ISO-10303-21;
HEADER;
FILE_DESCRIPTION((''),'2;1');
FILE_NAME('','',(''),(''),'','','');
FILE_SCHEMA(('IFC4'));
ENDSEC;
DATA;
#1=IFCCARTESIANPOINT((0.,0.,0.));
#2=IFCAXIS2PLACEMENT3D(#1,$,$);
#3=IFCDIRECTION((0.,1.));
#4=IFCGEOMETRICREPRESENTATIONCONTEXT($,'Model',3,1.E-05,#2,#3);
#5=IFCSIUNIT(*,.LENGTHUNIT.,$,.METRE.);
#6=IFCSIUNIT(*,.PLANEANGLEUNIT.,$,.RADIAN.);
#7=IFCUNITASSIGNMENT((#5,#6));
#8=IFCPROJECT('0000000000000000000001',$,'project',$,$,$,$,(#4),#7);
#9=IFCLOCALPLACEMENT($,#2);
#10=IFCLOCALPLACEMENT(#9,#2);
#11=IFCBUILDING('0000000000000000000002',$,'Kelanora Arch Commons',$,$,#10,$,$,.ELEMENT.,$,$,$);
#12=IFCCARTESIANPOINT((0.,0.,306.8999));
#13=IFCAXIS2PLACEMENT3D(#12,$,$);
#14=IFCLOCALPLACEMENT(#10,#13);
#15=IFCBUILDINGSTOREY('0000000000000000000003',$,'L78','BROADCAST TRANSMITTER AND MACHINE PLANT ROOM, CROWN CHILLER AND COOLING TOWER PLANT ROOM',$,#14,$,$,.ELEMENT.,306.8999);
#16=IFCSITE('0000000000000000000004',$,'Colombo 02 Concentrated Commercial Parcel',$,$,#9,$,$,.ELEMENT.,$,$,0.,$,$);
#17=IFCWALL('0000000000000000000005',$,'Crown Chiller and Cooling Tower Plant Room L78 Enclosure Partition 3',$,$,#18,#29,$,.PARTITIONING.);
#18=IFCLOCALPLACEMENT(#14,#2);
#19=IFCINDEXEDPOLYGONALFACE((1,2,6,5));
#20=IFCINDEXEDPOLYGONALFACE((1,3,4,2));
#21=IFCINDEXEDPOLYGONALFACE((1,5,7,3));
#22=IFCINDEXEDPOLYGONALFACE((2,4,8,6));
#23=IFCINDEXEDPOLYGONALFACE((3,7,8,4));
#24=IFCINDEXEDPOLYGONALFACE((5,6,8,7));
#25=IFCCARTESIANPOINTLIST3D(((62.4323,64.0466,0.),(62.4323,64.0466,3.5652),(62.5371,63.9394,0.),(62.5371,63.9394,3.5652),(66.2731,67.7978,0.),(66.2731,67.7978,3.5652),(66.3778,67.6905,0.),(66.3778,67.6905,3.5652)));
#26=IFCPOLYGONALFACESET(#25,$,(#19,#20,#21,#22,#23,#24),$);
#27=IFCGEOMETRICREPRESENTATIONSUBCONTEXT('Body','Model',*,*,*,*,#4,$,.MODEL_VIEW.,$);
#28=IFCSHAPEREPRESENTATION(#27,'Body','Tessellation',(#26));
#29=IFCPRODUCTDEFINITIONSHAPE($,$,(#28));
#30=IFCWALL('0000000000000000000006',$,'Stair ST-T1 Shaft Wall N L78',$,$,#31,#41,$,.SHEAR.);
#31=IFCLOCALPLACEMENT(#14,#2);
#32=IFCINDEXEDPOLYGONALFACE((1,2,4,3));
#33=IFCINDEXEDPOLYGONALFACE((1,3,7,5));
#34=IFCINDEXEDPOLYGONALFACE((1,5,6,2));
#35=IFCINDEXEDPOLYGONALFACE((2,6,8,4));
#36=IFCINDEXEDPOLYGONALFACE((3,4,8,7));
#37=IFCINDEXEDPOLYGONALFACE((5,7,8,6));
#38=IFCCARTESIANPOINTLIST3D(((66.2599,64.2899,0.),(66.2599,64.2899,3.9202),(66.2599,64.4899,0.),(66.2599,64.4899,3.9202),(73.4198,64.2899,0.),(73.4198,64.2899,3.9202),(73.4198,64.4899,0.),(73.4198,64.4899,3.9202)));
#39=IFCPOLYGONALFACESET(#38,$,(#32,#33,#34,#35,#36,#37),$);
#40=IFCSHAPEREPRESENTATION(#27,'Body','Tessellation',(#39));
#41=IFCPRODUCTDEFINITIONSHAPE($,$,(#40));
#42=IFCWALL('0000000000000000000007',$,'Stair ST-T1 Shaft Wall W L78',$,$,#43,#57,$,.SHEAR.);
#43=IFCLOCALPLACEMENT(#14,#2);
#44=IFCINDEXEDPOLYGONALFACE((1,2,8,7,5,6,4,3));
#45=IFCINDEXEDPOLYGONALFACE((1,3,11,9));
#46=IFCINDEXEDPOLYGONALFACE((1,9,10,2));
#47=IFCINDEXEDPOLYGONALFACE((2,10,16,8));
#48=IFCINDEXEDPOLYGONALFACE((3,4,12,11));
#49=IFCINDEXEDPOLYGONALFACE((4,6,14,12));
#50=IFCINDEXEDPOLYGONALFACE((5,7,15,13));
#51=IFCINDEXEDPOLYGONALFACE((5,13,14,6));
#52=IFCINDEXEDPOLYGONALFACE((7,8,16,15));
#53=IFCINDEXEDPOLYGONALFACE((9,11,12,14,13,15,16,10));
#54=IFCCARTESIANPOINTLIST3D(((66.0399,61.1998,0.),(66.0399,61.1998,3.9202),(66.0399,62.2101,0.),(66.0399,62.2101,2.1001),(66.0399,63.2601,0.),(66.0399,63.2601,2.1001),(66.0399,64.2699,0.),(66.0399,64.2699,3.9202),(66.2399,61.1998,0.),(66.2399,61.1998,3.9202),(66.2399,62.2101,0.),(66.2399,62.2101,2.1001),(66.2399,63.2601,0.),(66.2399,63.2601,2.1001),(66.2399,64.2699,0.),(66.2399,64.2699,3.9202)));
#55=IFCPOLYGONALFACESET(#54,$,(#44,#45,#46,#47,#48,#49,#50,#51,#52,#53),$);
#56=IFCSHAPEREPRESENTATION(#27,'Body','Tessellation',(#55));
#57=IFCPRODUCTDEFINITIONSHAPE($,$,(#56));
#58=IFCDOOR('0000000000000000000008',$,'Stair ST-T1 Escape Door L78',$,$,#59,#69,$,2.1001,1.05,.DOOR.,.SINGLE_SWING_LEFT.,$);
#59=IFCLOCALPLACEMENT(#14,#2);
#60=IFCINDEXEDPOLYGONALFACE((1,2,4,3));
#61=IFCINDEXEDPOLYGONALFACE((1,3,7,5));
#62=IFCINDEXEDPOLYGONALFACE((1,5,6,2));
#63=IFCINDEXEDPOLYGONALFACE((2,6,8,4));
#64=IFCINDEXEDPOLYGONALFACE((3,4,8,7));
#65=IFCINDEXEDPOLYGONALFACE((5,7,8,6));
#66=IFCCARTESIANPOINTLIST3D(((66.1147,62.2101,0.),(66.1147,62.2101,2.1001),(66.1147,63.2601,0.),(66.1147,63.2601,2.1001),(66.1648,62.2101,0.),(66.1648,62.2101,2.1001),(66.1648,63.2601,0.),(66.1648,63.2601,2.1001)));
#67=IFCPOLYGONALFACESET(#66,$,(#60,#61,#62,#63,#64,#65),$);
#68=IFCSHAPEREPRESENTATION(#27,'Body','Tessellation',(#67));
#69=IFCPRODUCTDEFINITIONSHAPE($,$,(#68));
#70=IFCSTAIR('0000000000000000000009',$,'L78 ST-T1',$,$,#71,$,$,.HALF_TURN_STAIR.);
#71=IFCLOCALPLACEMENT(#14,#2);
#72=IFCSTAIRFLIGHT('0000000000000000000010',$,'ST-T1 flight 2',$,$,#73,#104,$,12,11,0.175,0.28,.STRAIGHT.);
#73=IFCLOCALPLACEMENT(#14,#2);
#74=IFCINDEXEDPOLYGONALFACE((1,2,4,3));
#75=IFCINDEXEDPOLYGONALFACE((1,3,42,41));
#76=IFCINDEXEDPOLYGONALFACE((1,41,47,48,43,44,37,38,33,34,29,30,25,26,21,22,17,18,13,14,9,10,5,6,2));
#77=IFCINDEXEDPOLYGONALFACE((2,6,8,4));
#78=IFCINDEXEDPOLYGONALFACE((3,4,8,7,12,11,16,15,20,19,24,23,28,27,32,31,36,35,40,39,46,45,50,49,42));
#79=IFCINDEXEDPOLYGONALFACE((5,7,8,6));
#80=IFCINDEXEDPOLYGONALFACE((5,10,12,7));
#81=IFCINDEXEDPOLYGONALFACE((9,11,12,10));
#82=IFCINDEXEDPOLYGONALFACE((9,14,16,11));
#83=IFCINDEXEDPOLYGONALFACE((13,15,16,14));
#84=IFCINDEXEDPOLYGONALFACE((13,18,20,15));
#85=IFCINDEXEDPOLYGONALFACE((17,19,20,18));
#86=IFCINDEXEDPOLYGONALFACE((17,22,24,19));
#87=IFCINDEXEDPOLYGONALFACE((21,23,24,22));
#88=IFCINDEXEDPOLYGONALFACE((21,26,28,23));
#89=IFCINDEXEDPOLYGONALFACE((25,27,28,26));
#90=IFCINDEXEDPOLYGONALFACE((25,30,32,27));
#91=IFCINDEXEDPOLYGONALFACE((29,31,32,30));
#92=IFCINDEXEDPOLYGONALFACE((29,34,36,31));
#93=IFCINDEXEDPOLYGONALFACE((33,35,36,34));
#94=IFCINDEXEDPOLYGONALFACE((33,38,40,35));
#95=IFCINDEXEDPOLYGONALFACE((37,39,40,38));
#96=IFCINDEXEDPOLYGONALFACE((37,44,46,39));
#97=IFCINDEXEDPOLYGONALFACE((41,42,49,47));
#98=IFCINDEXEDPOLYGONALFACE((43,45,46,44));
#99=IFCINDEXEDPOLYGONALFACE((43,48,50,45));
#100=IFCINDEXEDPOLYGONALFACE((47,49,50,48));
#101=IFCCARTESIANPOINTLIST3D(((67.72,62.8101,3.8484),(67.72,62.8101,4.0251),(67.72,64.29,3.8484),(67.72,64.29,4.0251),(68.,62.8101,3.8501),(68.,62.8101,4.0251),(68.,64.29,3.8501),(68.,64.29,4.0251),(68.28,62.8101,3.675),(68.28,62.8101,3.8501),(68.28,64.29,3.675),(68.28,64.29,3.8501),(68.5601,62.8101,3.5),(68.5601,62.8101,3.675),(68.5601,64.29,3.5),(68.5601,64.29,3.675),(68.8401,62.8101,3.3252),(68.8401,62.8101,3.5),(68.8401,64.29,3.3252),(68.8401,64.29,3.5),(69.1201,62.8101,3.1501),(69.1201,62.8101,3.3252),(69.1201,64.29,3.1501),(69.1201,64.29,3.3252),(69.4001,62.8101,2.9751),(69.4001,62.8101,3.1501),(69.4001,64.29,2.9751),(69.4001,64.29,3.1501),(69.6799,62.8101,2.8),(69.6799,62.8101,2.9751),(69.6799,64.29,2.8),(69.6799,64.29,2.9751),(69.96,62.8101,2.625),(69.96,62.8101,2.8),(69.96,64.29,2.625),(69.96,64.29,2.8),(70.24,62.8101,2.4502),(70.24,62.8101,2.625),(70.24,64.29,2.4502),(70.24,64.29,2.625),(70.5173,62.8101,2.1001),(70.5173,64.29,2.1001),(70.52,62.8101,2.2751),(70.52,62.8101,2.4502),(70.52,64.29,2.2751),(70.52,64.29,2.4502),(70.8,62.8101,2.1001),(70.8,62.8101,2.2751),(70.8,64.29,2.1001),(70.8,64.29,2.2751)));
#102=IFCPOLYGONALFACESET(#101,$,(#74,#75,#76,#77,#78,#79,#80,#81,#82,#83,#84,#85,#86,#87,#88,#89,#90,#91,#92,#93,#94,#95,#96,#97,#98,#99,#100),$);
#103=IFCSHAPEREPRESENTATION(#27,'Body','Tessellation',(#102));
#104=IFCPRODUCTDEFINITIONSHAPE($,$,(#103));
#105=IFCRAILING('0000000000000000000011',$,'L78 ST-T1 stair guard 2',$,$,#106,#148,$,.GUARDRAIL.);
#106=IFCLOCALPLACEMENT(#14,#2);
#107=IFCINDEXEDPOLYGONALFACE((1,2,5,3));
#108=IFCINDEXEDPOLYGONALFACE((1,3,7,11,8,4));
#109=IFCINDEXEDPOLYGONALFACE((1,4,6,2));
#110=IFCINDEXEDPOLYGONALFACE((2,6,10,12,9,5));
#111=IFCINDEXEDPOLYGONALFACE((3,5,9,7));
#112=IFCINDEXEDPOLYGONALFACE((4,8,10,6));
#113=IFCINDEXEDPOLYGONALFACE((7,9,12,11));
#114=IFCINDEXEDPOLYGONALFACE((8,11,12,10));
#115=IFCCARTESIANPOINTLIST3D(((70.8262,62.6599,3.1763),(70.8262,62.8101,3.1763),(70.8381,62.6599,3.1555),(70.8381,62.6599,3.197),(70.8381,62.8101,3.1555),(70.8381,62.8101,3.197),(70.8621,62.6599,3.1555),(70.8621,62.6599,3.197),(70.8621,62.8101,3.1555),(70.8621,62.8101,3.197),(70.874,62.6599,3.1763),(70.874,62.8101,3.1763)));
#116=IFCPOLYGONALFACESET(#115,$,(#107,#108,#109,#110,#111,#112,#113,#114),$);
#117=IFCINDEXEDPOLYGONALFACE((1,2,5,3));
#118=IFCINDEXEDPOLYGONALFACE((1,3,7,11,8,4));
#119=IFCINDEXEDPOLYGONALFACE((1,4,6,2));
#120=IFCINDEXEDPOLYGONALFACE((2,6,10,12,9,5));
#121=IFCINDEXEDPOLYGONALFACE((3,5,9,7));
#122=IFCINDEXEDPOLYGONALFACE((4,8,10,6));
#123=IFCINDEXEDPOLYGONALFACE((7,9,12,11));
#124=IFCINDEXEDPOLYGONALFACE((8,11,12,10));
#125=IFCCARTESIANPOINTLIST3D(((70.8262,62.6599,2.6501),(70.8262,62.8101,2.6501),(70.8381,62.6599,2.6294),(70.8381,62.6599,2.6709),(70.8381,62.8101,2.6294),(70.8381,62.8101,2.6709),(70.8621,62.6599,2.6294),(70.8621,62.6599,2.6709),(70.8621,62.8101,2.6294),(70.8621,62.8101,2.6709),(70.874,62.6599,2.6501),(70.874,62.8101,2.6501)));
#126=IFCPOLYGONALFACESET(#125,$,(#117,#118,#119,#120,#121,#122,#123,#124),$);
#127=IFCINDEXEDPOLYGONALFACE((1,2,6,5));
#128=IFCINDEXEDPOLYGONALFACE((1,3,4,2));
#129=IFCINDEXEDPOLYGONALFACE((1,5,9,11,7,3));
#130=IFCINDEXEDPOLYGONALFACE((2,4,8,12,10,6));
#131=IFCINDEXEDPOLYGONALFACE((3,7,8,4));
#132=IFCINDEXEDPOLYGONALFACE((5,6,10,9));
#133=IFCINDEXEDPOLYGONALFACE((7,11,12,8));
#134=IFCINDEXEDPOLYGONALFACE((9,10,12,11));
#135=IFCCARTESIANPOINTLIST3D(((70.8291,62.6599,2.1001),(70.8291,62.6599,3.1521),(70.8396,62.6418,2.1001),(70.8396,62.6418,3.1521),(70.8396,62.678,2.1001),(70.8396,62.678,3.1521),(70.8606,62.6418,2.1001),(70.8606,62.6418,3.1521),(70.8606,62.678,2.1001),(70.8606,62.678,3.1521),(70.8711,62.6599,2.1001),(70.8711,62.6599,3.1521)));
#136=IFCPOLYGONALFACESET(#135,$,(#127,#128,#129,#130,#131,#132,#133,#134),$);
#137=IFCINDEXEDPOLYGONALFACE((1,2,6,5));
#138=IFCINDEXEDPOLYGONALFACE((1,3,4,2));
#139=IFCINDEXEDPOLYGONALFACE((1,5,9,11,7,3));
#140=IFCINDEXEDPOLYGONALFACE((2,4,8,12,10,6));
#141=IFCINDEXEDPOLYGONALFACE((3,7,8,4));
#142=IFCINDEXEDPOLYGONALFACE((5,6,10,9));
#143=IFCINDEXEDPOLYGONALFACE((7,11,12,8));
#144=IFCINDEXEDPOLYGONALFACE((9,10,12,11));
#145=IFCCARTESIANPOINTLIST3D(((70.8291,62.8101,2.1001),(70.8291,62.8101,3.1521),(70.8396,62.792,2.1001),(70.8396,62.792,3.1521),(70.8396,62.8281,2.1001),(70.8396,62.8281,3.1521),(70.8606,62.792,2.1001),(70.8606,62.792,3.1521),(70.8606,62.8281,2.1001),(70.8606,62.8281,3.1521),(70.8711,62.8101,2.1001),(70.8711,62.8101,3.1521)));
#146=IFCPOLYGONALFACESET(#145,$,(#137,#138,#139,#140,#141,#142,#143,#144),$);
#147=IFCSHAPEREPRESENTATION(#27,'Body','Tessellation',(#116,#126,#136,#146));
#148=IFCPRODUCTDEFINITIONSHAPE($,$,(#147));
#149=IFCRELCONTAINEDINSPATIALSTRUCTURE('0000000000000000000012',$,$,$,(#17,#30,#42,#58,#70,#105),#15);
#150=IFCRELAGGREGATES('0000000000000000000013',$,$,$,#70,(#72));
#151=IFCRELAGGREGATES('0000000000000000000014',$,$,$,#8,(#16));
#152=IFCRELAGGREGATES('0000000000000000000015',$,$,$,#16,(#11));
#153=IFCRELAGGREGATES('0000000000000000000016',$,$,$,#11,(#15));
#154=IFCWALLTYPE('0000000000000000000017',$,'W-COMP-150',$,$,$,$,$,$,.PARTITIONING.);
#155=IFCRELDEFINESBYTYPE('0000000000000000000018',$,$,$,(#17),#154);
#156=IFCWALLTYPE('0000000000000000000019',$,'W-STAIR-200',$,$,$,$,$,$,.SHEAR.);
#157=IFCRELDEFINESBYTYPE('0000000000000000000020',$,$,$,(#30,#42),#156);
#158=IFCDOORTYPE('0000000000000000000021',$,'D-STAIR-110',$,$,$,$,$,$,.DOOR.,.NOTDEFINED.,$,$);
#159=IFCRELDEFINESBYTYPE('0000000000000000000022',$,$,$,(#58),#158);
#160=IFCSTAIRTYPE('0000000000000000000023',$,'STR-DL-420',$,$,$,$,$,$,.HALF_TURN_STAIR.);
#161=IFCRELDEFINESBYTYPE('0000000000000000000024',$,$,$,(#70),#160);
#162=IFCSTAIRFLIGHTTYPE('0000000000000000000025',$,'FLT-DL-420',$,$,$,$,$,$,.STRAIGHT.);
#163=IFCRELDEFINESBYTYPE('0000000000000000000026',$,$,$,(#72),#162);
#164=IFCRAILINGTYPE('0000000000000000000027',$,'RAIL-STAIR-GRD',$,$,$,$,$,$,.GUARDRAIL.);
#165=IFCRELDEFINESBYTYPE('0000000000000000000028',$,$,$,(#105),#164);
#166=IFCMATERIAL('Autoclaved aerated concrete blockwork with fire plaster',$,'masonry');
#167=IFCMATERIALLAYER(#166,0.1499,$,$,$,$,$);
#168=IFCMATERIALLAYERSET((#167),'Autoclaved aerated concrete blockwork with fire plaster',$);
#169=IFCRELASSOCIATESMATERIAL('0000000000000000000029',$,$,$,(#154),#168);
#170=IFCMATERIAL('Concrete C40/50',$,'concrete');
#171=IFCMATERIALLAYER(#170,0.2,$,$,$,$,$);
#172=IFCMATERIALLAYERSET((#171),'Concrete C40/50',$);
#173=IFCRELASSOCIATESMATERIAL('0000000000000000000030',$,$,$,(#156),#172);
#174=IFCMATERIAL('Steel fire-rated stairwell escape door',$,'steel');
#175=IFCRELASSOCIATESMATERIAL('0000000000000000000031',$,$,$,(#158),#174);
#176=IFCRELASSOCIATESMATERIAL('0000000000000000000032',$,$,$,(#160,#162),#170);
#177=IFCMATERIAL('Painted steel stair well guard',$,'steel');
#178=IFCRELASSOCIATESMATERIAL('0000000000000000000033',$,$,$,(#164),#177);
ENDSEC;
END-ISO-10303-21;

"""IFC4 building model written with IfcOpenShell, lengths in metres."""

from ifc_helpers import new_model, si_unit, direction, frame, frame_2d, origin, place, context, subcontext, project, spatial, polyline, rectangle, outline, extrude, material, layer, layer_set, type_object, element, fill, aggregate, save


model = new_model("IFC4")

# Units and contexts
model_context = context("Model", 3, precision=1e-05, world=origin(), true_north=direction((0.0, 1.0)))
body_context = subcontext(model_context, "Body", "Model", "MODEL_VIEW")
ifc_project = project(units=[si_unit("LENGTHUNIT", "METRE"), si_unit("PLANEANGLEUNIT", "RADIAN")], contexts=[model_context])

# Site, building, storey
site_placement = place(None, origin())
site = spatial("IfcSite", under=ifc_project, at=site_placement, Name="Colombo 02 Concentrated Commercial Parcel", CompositionType="ELEMENT", RefElevation=0.0)
building_placement = place(site_placement, origin())
building = spatial("IfcBuilding", under=site, at=building_placement, Name="Kelanora Arch Commons", CompositionType="ELEMENT")
storey_placement = place(building_placement, frame((0.0, 0.0, 306.8999)))
storey = spatial("IfcBuildingStorey", under=building, at=storey_placement, Name="L78", Description="BROADCAST TRANSMITTER AND MACHINE PLANT ROOM, CROWN CHILLER AND COOLING TOWER PLANT ROOM", CompositionType="ELEMENT", Elevation=306.8999)

# Walls
ifc_material_1 = material(Name="Autoclaved aerated concrete blockwork with fire plaster", Category="masonry")
ifc_layer_1 = layer(ifc_material_1, 0.1499)
ifc_layer_set_1 = layer_set([ifc_layer_1], Name="Autoclaved aerated concrete blockwork with fire plaster")
wall_type_1 = type_object("IfcWallType", Name="W-COMP-150", PredefinedType="PARTITIONING", material=ifc_layer_set_1)
wall_1_placement = place(storey_placement, frame((66.3254, 67.7441, 0.0), z_axis=(0.0, 0.0, 1.0), x_axis=(-0.715402, -0.698713, 0.0)))
element("IfcWall", 1, at=wall_1_placement, inside=storey, type_object=wall_type_1, Name="Crown Chiller and Cooling Tower Plant Room L78 Enclosure Partition 3", PredefinedType="PARTITIONING", context=body_context, shape_type="SweptSolid", body=[
    extrude(rectangle(XDim=5.3687, YDim=0.1499, at=frame_2d((2.6843, 0.0))), origin(), (0.0, 0.0, 1.0), 3.5652),
])
ifc_material_2 = material(Name="Concrete C40/50", Category="concrete")
ifc_layer_2 = layer(ifc_material_2, 0.2)
ifc_layer_set_2 = layer_set([ifc_layer_2], Name="Concrete C40/50")
wall_type_2 = type_object("IfcWallType", Name="W-STAIR-200", PredefinedType="SHEAR", material=ifc_layer_set_2)
wall_2_placement = place(storey_placement, frame((73.4199, 64.3899, 0.0), z_axis=(0.0, 0.0, 1.0), x_axis=(-1.0, 0.0, 0.0)))
element("IfcWall", 2, at=wall_2_placement, inside=storey, type_object=wall_type_2, Name="Stair ST-T1 Shaft Wall N L78", PredefinedType="SHEAR", context=body_context, shape_type="SweptSolid", body=[
    extrude(rectangle(XDim=7.1599, YDim=0.2, at=frame_2d((3.5801, 0.0))), origin(), (0.0, 0.0, 1.0), 3.9202),
])

# Wall, opening, door
wall_3_placement = place(storey_placement, frame((66.1399, 64.27, 0.0), z_axis=(0.0, 0.0, 1.0), x_axis=(0.0, -1.0, 0.0)))
wall_3 = element("IfcWall", 3, at=wall_3_placement, inside=storey, type_object=wall_type_2, Name="Stair ST-T1 Shaft Wall W L78", PredefinedType="SHEAR", context=body_context, shape_type="SweptSolid", body=[
    extrude(rectangle(XDim=3.0701, YDim=0.2, at=frame_2d((1.5352, 0.0))), origin(), (0.0, 0.0, 1.0), 3.9202),
])
opening_placement = place(wall_3_placement, frame((1.01, 0.0, 0.0)))
opening = element("IfcOpeningElement", 4, at=opening_placement, cuts=wall_3, PredefinedType="OPENING", context=body_context, shape_type="SweptSolid", body=[
    extrude(rectangle(XDim=1.05, YDim=2.1001, at=frame_2d((0.5249, 1.05))), frame((0.0, 0.1099, 0.0), z_axis=(0.0, -1.0, 0.0), x_axis=(1.0, 0.0, 0.0)), (0.0, 0.0, 1.0), 0.22),
])
ifc_material_3 = material(Name="Steel fire-rated stairwell escape door", Category="steel")
door_type = type_object("IfcDoorType", Name="D-STAIR-110", OperationType="NOTDEFINED", PredefinedType="DOOR", material=ifc_material_3)
door_placement = place(opening_placement, origin())
door = element("IfcDoor", 5, at=door_placement, inside=storey, type_object=door_type, Name="Stair ST-T1 Escape Door L78", OperationType="SINGLE_SWING_LEFT", OverallHeight=2.1001, OverallWidth=1.05, PredefinedType="DOOR", context=body_context, shape_type="SweptSolid", body=[
    extrude(rectangle(XDim=1.05, YDim=2.1001, at=frame_2d((0.5249, 1.05))), frame((0.0, 0.0249, 0.0), z_axis=(0.0, -1.0, 0.0), x_axis=(1.0, 0.0, 0.0)), (0.0, 0.0, 1.0), 0.05),
])
fill(opening, door)

# Stair, stair flight
stair_type = type_object("IfcStairType", Name="STR-DL-420", PredefinedType="HALF_TURN_STAIR", material=ifc_material_2)
stair_placement = place(storey_placement, origin())
stair = element("IfcStair", 6, at=stair_placement, inside=storey, type_object=stair_type, Name="L78 ST-T1", PredefinedType="HALF_TURN_STAIR")
stair_flight_type = type_object("IfcStairFlightType", Name="FLT-DL-420", PredefinedType="STRAIGHT", material=ifc_material_2)
stair_flight_placement = place(storey_placement, frame((70.8, 63.55, 2.1001), z_axis=(0.0, 0.0, 1.0), x_axis=(-1.0, 0.0, 0.0)))
stair_flight = element("IfcStairFlight", 7, at=stair_flight_placement, type_object=stair_flight_type, Name="ST-T1 flight 2", NumberOfRisers=12, NumberOfTreads=11, PredefinedType="STRAIGHT", RiserHeight=0.175, TreadLength=0.28, context=body_context, shape_type="SweptSolid", body=[
    extrude(outline(polyline([(0.0, 0.0), (0.0, 0.175), (0.28, 0.175), (0.28, 0.3501), (0.5601, 0.3501), (0.5601, 0.5249), (0.8401, 0.5249), (0.8401, 0.7), (1.1201, 0.7), (1.1201, 0.875), (1.3999, 0.875), (1.3999, 1.05), (1.6799, 1.05), (1.6799, 1.2251), (1.96, 1.2251), (1.96, 1.3999), (2.24, 1.3999), (2.24, 1.575), (2.52, 1.575), (2.52, 1.75), (2.8, 1.75), (2.8, 1.925), (3.0801, 1.925), (3.0801, 2.1001), (3.0801, 1.7483), (0.2827, 0.0), (0.0, 0.0)])), frame((0.0, 0.74, 0.0), z_axis=(0.0, -1.0, 0.0), x_axis=(1.0, 0.0, 0.0)), (0.0, 0.0, 1.0), 1.48),
])
aggregate(stair, [stair_flight])

# Railing
ifc_material_4 = material(Name="Painted steel stair well guard", Category="steel")
railing_type_1 = type_object("IfcRailingType", Name="RAIL-STAIR-GRD", PredefinedType="GUARDRAIL", material=ifc_material_4)
railing_1_placement = place(storey_placement, frame((70.8501, 62.6599, 2.1001)))
element("IfcRailing", 8, at=railing_1_placement, inside=storey, type_object=railing_type_1, Name="L78 ST-T1 stair guard 2", PredefinedType="GUARDRAIL", context=body_context, shape_type="SweptSolid", body=[
    extrude(outline(polyline([(0.0239, 0.0), (0.012, 0.0208), (-0.012, 0.0208), (-0.0239, 0.0), (-0.012, -0.0208), (0.012, -0.0208), (0.0239, 0.0)])), frame((0.0, 0.0, 1.0762), z_axis=(0.0, 1.0, 0.0), x_axis=(-1.0, 0.0, 0.0)), (0.0, 0.0, 1.0), 0.1501),
    extrude(outline(polyline([(0.0239, 0.0), (0.012, 0.0208), (-0.012, 0.0208), (-0.0239, 0.0), (-0.012, -0.0208), (0.012, -0.0208), (0.0239, 0.0)])), frame((0.0, 0.0, 0.55), z_axis=(0.0, 1.0, 0.0), x_axis=(-1.0, 0.0, 0.0)), (0.0, 0.0, 1.0), 0.1501),
    extrude(outline(polyline([(0.021, 0.0), (0.0105, 0.0181), (-0.0105, 0.0181), (-0.021, 0.0), (-0.0105, -0.0181), (0.0105, -0.0181), (0.021, 0.0)])), origin(), (0.0, 0.0, 1.0), 1.052),
    extrude(outline(polyline([(0.021, 0.0), (0.0105, 0.0181), (-0.0105, 0.0181), (-0.021, 0.0), (-0.0105, -0.0181), (0.0105, -0.0181), (0.021, 0.0)])), frame((0.0, 0.1501, 0.0)), (0.0, 0.0, 1.0), 1.052),
])

save(model, "model.ifc")
